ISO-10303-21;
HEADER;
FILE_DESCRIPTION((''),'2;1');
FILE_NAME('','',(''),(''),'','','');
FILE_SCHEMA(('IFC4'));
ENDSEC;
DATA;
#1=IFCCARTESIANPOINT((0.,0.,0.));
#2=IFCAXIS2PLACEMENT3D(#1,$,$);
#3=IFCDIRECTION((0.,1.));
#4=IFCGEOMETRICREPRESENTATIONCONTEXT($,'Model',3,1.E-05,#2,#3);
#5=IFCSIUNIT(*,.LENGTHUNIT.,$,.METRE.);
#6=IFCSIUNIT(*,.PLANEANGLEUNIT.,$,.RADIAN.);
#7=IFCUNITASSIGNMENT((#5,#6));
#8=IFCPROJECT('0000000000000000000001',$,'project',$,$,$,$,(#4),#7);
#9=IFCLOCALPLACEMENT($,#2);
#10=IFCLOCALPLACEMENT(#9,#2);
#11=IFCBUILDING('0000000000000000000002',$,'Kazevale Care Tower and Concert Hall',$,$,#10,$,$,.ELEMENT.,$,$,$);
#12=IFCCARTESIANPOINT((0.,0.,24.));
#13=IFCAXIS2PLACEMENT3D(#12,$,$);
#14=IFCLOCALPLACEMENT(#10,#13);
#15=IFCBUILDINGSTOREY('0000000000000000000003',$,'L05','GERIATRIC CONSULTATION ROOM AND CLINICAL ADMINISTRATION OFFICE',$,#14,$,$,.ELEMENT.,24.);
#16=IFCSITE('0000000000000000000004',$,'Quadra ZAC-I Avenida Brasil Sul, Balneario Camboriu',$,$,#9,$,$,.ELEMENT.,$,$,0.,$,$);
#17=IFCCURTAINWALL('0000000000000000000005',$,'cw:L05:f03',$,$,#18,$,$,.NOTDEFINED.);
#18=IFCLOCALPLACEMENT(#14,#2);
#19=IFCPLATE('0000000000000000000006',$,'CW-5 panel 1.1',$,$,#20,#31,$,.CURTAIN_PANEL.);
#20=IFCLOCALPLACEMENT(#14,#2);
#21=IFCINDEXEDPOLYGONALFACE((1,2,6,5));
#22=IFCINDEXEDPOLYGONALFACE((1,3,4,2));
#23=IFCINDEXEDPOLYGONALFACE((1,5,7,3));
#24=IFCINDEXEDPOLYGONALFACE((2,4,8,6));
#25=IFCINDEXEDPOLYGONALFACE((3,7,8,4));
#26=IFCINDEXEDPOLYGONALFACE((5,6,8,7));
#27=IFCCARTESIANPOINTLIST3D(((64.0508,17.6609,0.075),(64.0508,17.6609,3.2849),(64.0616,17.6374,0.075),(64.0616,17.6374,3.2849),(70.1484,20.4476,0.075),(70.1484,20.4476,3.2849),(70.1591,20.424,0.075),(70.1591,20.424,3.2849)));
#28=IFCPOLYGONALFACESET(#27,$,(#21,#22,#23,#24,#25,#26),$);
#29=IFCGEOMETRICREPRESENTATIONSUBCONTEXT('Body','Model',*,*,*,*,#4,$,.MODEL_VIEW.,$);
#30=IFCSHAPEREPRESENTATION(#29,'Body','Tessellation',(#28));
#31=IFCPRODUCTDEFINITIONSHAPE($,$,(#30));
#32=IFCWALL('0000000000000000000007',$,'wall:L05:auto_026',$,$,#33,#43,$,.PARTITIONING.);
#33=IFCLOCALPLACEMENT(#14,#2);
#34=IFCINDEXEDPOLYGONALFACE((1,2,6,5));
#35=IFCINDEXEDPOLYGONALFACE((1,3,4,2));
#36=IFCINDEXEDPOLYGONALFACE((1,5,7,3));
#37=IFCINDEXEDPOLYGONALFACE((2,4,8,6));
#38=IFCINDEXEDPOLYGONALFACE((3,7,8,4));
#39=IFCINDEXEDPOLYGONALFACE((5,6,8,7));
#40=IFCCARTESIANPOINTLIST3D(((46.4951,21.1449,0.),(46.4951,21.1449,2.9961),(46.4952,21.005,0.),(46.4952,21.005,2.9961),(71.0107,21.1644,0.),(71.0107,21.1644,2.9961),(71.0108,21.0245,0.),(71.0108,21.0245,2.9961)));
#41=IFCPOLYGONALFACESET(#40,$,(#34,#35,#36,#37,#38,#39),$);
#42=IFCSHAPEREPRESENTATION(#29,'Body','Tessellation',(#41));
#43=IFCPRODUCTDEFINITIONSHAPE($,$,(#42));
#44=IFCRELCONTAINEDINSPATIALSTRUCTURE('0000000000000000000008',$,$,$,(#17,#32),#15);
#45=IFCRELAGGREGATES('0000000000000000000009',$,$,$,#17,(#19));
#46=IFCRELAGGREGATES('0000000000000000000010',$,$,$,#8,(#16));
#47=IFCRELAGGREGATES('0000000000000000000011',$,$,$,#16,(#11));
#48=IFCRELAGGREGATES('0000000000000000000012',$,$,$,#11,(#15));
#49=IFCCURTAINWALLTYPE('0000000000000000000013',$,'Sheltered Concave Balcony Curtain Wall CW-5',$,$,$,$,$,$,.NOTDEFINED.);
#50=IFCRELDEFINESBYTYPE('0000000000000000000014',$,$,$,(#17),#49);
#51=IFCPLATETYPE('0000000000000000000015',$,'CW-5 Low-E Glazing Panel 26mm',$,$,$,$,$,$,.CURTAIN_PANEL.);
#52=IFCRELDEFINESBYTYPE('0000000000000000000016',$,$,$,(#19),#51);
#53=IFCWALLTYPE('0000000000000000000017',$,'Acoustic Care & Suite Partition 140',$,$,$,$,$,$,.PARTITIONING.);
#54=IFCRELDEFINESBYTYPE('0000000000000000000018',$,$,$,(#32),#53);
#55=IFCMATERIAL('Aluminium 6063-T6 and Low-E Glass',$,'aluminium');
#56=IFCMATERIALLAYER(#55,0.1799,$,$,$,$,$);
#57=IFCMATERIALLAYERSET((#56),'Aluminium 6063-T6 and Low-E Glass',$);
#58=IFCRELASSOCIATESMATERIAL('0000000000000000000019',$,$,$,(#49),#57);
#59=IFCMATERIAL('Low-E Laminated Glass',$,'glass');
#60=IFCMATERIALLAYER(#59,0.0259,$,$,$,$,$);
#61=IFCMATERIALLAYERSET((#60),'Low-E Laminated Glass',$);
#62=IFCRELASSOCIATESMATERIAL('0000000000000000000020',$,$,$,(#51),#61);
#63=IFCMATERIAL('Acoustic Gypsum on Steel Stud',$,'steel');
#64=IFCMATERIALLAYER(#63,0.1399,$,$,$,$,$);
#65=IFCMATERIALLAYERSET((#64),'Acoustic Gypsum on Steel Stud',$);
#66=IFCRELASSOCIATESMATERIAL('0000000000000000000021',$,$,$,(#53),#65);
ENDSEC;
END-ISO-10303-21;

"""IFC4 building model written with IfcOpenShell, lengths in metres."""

from ifc_helpers import new_model, si_unit, direction, frame, frame_2d, origin, origin_2d, place, context, subcontext, project, spatial, rectangle, extrude, material, layer, layer_set, type_object, element, aggregate, save


model = new_model("IFC4")

# Units and contexts
model_context = context("Model", 3, precision=1e-05, world=origin(), true_north=direction((0.0, 1.0)))
body_context = subcontext(model_context, "Body", "Model", "MODEL_VIEW")
ifc_project = project(units=[si_unit("LENGTHUNIT", "METRE"), si_unit("PLANEANGLEUNIT", "RADIAN")], contexts=[model_context])

# Site, building, storey
site_placement = place(None, origin())
site = spatial("IfcSite", under=ifc_project, at=site_placement, Name="Quadra ZAC-I Avenida Brasil Sul, Balneario Camboriu", CompositionType="ELEMENT", RefElevation=0.0)
building_placement = place(site_placement, origin())
building = spatial("IfcBuilding", under=site, at=building_placement, Name="Kazevale Care Tower and Concert Hall", CompositionType="ELEMENT")
storey_placement = place(building_placement, frame((0.0, 0.0, 24.0)))
storey = spatial("IfcBuildingStorey", under=building, at=storey_placement, Name="L05", Description="GERIATRIC CONSULTATION ROOM AND CLINICAL ADMINISTRATION OFFICE", CompositionType="ELEMENT", Elevation=24.0)

# Shared definitions
ifc_material_1 = material(Name="Aluminium 6063-T6 and Low-E Glass", Category="aluminium")

# Curtain wall
ifc_layer_1 = layer(ifc_material_1, 0.1799)
ifc_layer_set_1 = layer_set([ifc_layer_1], Name="Aluminium 6063-T6 and Low-E Glass")
curtain_wall_type_1 = type_object("IfcCurtainWallType", Name="Sheltered Concave Balcony Curtain Wall CW-5", PredefinedType="NOTDEFINED", material=ifc_layer_set_1)
curtain_wall_1_placement = place(storey_placement, origin())
curtain_wall_1 = element("IfcCurtainWall", 1, at=curtain_wall_1_placement, inside=storey, type_object=curtain_wall_type_1, Name="cw:L05:f03", PredefinedType="NOTDEFINED")

# Plate
ifc_material_2 = material(Name="Low-E Laminated Glass", Category="glass")
ifc_layer_2 = layer(ifc_material_2, 0.0259)
ifc_layer_set_2 = layer_set([ifc_layer_2], Name="Low-E Laminated Glass")
plate_type = type_object("IfcPlateType", Name="CW-5 Low-E Glazing Panel 26mm", PredefinedType="CURTAIN_PANEL", material=ifc_layer_set_2)
plate_1_placement = place(storey_placement, frame((67.105, 19.0425, 0.075), z_axis=(0.0, 0.0, 1.0), x_axis=(-0.90952, -0.41566, 0.0)))
plate_1 = element("IfcPlate", 2, at=plate_1_placement, type_object=plate_type, Name="CW-5 panel 1.1", PredefinedType="CURTAIN_PANEL", context=body_context, shape_type="SweptSolid", body=[
    extrude(rectangle(XDim=6.7041, YDim=0.0259, at=origin_2d()), origin(), (0.0, 0.0, 1.0), 3.21),
])
aggregate(curtain_wall_1, [plate_1])

# Wall
ifc_material_3 = material(Name="Acoustic Gypsum on Steel Stud", Category="steel")
ifc_layer_3 = layer(ifc_material_3, 0.1399)
ifc_layer_set_3 = layer_set([ifc_layer_3], Name="Acoustic Gypsum on Steel Stud")
wall_type = type_object("IfcWallType", Name="Acoustic Care & Suite Partition 140", PredefinedType="PARTITIONING", material=ifc_layer_set_3)
wall_placement = place(storey_placement, frame((71.0107, 21.0945, 0.0), z_axis=(0.0, 0.0, 1.0), x_axis=(-1.0, -0.000797, 0.0)))
element("IfcWall", 3, at=wall_placement, inside=storey, type_object=wall_type, Name="wall:L05:auto_026", PredefinedType="PARTITIONING", context=body_context, shape_type="SweptSolid", body=[
    extrude(rectangle(XDim=24.5156, YDim=0.1399, at=frame_2d((12.2578, 0.0))), origin(), (0.0, 0.0, 1.0), 2.9961),
])

save(model, "model.ifc")
